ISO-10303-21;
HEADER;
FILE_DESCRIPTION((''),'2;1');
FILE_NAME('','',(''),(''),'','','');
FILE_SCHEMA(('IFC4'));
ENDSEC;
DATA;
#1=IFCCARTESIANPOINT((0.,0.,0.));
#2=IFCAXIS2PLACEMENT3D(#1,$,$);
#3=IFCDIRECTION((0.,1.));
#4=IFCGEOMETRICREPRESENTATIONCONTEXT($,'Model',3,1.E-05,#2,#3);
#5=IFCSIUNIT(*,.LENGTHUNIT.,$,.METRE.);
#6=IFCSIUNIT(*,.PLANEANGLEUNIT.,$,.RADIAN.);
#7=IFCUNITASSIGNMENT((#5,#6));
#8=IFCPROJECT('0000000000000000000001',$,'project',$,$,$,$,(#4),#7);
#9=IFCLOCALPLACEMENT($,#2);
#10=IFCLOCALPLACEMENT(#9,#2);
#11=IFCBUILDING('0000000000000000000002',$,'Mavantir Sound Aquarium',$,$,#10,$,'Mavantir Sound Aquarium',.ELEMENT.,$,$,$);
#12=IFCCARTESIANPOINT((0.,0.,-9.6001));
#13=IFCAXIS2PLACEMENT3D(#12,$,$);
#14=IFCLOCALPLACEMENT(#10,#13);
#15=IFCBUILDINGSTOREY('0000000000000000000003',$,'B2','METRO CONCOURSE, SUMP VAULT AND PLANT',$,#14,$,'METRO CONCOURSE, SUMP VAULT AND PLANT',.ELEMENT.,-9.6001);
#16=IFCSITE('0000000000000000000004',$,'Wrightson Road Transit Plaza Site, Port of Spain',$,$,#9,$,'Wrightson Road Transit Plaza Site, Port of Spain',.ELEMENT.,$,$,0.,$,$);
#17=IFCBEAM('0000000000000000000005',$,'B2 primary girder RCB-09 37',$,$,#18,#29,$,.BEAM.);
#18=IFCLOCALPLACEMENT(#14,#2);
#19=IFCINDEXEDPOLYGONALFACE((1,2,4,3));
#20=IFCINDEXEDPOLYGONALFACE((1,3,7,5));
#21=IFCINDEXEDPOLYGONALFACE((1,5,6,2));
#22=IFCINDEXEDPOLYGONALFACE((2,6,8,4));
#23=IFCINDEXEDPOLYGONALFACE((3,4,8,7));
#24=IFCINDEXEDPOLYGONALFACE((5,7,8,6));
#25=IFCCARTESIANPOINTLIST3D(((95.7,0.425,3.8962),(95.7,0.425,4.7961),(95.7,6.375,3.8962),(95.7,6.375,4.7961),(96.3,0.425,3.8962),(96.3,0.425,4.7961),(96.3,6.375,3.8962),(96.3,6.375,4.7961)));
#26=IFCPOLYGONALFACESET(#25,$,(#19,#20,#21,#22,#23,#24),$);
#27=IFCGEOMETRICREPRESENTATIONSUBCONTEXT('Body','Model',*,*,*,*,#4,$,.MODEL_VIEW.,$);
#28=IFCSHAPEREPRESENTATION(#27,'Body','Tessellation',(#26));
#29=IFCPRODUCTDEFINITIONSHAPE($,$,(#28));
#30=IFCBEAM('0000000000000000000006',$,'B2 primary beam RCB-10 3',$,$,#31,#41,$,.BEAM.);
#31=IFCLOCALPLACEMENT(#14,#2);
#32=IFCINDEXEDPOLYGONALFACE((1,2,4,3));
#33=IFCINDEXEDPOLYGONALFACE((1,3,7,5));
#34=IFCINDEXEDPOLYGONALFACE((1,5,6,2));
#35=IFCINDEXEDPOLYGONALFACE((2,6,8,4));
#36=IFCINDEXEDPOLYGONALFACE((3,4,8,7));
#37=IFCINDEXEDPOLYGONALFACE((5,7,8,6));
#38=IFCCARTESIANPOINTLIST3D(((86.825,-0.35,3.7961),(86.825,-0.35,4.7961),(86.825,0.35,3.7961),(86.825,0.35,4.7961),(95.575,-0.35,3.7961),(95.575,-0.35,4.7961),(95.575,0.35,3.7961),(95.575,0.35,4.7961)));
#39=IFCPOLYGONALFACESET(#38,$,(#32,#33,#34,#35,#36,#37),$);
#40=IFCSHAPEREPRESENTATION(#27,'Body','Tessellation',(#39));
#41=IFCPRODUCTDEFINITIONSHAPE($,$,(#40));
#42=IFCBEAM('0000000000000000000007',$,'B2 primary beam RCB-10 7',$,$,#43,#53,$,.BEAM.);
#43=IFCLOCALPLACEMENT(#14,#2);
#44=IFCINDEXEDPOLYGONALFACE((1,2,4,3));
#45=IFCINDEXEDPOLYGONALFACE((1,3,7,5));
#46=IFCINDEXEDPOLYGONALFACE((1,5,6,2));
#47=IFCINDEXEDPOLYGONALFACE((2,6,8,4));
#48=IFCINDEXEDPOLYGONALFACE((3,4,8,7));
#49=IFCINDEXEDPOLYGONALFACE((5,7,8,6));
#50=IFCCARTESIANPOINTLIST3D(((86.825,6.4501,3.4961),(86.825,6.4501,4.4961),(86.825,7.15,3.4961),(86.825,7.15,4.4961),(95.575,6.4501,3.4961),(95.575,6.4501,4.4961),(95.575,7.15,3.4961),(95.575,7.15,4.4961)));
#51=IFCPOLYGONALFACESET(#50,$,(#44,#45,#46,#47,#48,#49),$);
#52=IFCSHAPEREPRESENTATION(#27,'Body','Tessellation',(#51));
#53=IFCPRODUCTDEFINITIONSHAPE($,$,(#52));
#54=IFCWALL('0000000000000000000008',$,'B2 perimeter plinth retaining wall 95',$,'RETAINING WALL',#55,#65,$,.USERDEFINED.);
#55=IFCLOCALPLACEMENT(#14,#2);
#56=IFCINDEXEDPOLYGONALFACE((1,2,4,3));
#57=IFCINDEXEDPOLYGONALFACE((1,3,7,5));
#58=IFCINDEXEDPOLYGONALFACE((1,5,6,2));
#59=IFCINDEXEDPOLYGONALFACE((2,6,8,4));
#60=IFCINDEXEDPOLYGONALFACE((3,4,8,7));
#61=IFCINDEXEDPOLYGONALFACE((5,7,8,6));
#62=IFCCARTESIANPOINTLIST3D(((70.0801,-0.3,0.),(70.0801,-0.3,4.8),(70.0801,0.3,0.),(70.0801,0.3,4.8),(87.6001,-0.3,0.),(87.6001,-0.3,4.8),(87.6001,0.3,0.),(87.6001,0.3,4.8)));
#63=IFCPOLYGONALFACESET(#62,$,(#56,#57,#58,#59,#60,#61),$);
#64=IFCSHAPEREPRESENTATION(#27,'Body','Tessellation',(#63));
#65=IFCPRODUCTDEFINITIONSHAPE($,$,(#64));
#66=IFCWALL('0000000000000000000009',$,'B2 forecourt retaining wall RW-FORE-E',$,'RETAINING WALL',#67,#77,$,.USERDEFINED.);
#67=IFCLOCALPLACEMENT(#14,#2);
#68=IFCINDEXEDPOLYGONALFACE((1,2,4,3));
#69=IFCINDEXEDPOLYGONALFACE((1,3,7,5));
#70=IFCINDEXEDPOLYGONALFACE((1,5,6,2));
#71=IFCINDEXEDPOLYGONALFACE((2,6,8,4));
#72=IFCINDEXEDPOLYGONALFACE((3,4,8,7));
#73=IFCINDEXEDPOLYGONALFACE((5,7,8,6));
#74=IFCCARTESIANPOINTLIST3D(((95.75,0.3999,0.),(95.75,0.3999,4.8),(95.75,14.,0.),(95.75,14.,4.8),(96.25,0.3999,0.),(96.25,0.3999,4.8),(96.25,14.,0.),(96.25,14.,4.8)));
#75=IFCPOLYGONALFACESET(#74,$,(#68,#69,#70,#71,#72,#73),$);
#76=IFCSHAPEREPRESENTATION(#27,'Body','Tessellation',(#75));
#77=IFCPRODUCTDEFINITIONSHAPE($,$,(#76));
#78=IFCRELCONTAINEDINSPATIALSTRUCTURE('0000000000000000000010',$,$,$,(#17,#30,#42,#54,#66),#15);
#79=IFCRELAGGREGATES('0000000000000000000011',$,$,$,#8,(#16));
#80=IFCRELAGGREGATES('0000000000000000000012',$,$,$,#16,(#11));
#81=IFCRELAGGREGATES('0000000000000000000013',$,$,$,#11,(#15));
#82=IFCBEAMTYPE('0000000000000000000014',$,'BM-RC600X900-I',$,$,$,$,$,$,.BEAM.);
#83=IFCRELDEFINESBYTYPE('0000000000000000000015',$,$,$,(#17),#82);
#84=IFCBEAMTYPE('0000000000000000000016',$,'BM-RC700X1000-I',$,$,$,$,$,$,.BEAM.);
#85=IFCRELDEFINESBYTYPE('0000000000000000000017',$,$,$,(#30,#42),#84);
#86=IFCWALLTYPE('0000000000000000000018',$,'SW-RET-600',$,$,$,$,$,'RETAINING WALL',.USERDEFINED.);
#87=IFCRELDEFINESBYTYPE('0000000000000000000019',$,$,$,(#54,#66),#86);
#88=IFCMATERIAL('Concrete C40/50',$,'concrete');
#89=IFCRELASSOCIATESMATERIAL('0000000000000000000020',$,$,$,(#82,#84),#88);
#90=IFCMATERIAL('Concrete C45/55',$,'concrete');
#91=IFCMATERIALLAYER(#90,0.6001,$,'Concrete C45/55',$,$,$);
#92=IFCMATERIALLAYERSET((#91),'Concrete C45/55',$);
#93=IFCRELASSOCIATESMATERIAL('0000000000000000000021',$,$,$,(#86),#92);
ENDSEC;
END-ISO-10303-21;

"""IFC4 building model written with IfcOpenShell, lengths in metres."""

from ifc_helpers import new_model, si_unit, direction, frame, frame_2d, origin, origin_2d, place, context, subcontext, project, spatial, rectangle, extrude, material, layer, layer_set, material_profile, profile_set, type_object, element, save


model = new_model("IFC4")

# Units and contexts
model_context = context("Model", 3, precision=1e-05, world=origin(), true_north=direction((0.0, 1.0)))
body_context = subcontext(model_context, "Body", "Model", "MODEL_VIEW")
ifc_project = project(units=[si_unit("LENGTHUNIT", "METRE"), si_unit("PLANEANGLEUNIT", "RADIAN")], contexts=[model_context])

# Site, building, storey
site_placement = place(None, origin())
site = spatial("IfcSite", under=ifc_project, at=site_placement, Name="Wrightson Road Transit Plaza Site, Port of Spain", LongName="Wrightson Road Transit Plaza Site, Port of Spain", CompositionType="ELEMENT", RefElevation=0.0)
building_placement = place(site_placement, origin())
building = spatial("IfcBuilding", under=site, at=building_placement, Name="Mavantir Sound Aquarium", LongName="Mavantir Sound Aquarium", CompositionType="ELEMENT")
storey_placement = place(building_placement, frame((0.0, 0.0, -9.6001)))
storey = spatial("IfcBuildingStorey", under=building, at=storey_placement, Name="B2", Description="METRO CONCOURSE, SUMP VAULT AND PLANT", LongName="METRO CONCOURSE, SUMP VAULT AND PLANT", CompositionType="ELEMENT", Elevation=-9.6001)

# Shared definitions
ifc_material_1 = material(Name="Concrete C40/50", Category="concrete")

# Beams
ifc_material_profile_1 = material_profile(ifc_material_1, rectangle(XDim=0.6001, YDim=0.8999, at=origin_2d()), Name="RC 600X900")
ifc_profile_set_1 = profile_set([ifc_material_profile_1], Name="Concrete C40/50")
beam_type_1 = type_object("IfcBeamType", Name="BM-RC600X900-I", PredefinedType="BEAM", material=ifc_profile_set_1)
for number, where, z_axis, x_axis, name in (
    (1, (96.0, 0.425, 4.3462), (0.0, 1.0, 0.0), (-1.0, 0.0, 0.0), "B2 primary girder RCB-09 37"),
):
    element("IfcBeam", number, at=place(storey_placement, frame(where, z_axis=z_axis, x_axis=x_axis)), inside=storey, type_object=beam_type_1, Name=name, PredefinedType="BEAM", context=body_context, shape_type="SweptSolid", body=[
        extrude(rectangle(XDim=0.6001, YDim=0.8999, at=origin_2d()), origin(), (0.0, 0.0, 1.0), 5.95),
    ])
ifc_material_profile_2 = material_profile(ifc_material_1, rectangle(XDim=0.7, YDim=1.0, at=origin_2d()), Name="RC 700X1000")
ifc_profile_set_2 = profile_set([ifc_material_profile_2], Name="Concrete C40/50")
beam_type_2 = type_object("IfcBeamType", Name="BM-RC700X1000-I", PredefinedType="BEAM", material=ifc_profile_set_2)
for number, where, z_axis, x_axis, name in (
    (2, (86.825, 0.0, 4.2961), (1.0, 0.0, 0.0), (0.0, 1.0, 0.0), "B2 primary beam RCB-10 3"),
    (3, (86.825, 6.8, 3.9961), (1.0, 0.0, 0.0), (0.0, 1.0, 0.0), "B2 primary beam RCB-10 7"),
):
    element("IfcBeam", number, at=place(storey_placement, frame(where, z_axis=z_axis, x_axis=x_axis)), inside=storey, type_object=beam_type_2, Name=name, PredefinedType="BEAM", context=body_context, shape_type="SweptSolid", body=[
        extrude(rectangle(XDim=0.7, YDim=1.0, at=origin_2d()), origin(), (0.0, 0.0, 1.0), 8.75),
    ])

# Walls
ifc_material_2 = material(Name="Concrete C45/55", Category="concrete")
ifc_layer = layer(ifc_material_2, 0.6001, Name="Concrete C45/55")
ifc_layer_set = layer_set([ifc_layer], Name="Concrete C45/55")
wall_type = type_object("IfcWallType", Name="SW-RET-600", ElementType="RETAINING WALL", PredefinedType="USERDEFINED", material=ifc_layer_set)
wall_1_placement = place(storey_placement, frame((87.6001, 0.0, 0.0), z_axis=(0.0, 0.0, 1.0), x_axis=(-1.0, 0.0, 0.0)))
element("IfcWall", 4, at=wall_1_placement, inside=storey, type_object=wall_type, Name="B2 perimeter plinth retaining wall 95", ObjectType="RETAINING WALL", PredefinedType="USERDEFINED", context=body_context, shape_type="SweptSolid", body=[
    extrude(rectangle(XDim=17.52, YDim=0.6001, at=frame_2d((8.76, 0.0))), origin(), (0.0, 0.0, 1.0), 4.8),
])
wall_2_placement = place(storey_placement, frame((96.0, 0.3999, 0.0), z_axis=(0.0, 0.0, 1.0), x_axis=(0.0, 1.0, 0.0)))
element("IfcWall", 5, at=wall_2_placement, inside=storey, type_object=wall_type, Name="B2 forecourt retaining wall RW-FORE-E", ObjectType="RETAINING WALL", PredefinedType="USERDEFINED", context=body_context, shape_type="SweptSolid", body=[
    extrude(rectangle(XDim=13.6001, YDim=0.5, at=frame_2d((6.8, 0.0))), origin(), (0.0, 0.0, 1.0), 4.8),
])

save(model, "model.ifc")
